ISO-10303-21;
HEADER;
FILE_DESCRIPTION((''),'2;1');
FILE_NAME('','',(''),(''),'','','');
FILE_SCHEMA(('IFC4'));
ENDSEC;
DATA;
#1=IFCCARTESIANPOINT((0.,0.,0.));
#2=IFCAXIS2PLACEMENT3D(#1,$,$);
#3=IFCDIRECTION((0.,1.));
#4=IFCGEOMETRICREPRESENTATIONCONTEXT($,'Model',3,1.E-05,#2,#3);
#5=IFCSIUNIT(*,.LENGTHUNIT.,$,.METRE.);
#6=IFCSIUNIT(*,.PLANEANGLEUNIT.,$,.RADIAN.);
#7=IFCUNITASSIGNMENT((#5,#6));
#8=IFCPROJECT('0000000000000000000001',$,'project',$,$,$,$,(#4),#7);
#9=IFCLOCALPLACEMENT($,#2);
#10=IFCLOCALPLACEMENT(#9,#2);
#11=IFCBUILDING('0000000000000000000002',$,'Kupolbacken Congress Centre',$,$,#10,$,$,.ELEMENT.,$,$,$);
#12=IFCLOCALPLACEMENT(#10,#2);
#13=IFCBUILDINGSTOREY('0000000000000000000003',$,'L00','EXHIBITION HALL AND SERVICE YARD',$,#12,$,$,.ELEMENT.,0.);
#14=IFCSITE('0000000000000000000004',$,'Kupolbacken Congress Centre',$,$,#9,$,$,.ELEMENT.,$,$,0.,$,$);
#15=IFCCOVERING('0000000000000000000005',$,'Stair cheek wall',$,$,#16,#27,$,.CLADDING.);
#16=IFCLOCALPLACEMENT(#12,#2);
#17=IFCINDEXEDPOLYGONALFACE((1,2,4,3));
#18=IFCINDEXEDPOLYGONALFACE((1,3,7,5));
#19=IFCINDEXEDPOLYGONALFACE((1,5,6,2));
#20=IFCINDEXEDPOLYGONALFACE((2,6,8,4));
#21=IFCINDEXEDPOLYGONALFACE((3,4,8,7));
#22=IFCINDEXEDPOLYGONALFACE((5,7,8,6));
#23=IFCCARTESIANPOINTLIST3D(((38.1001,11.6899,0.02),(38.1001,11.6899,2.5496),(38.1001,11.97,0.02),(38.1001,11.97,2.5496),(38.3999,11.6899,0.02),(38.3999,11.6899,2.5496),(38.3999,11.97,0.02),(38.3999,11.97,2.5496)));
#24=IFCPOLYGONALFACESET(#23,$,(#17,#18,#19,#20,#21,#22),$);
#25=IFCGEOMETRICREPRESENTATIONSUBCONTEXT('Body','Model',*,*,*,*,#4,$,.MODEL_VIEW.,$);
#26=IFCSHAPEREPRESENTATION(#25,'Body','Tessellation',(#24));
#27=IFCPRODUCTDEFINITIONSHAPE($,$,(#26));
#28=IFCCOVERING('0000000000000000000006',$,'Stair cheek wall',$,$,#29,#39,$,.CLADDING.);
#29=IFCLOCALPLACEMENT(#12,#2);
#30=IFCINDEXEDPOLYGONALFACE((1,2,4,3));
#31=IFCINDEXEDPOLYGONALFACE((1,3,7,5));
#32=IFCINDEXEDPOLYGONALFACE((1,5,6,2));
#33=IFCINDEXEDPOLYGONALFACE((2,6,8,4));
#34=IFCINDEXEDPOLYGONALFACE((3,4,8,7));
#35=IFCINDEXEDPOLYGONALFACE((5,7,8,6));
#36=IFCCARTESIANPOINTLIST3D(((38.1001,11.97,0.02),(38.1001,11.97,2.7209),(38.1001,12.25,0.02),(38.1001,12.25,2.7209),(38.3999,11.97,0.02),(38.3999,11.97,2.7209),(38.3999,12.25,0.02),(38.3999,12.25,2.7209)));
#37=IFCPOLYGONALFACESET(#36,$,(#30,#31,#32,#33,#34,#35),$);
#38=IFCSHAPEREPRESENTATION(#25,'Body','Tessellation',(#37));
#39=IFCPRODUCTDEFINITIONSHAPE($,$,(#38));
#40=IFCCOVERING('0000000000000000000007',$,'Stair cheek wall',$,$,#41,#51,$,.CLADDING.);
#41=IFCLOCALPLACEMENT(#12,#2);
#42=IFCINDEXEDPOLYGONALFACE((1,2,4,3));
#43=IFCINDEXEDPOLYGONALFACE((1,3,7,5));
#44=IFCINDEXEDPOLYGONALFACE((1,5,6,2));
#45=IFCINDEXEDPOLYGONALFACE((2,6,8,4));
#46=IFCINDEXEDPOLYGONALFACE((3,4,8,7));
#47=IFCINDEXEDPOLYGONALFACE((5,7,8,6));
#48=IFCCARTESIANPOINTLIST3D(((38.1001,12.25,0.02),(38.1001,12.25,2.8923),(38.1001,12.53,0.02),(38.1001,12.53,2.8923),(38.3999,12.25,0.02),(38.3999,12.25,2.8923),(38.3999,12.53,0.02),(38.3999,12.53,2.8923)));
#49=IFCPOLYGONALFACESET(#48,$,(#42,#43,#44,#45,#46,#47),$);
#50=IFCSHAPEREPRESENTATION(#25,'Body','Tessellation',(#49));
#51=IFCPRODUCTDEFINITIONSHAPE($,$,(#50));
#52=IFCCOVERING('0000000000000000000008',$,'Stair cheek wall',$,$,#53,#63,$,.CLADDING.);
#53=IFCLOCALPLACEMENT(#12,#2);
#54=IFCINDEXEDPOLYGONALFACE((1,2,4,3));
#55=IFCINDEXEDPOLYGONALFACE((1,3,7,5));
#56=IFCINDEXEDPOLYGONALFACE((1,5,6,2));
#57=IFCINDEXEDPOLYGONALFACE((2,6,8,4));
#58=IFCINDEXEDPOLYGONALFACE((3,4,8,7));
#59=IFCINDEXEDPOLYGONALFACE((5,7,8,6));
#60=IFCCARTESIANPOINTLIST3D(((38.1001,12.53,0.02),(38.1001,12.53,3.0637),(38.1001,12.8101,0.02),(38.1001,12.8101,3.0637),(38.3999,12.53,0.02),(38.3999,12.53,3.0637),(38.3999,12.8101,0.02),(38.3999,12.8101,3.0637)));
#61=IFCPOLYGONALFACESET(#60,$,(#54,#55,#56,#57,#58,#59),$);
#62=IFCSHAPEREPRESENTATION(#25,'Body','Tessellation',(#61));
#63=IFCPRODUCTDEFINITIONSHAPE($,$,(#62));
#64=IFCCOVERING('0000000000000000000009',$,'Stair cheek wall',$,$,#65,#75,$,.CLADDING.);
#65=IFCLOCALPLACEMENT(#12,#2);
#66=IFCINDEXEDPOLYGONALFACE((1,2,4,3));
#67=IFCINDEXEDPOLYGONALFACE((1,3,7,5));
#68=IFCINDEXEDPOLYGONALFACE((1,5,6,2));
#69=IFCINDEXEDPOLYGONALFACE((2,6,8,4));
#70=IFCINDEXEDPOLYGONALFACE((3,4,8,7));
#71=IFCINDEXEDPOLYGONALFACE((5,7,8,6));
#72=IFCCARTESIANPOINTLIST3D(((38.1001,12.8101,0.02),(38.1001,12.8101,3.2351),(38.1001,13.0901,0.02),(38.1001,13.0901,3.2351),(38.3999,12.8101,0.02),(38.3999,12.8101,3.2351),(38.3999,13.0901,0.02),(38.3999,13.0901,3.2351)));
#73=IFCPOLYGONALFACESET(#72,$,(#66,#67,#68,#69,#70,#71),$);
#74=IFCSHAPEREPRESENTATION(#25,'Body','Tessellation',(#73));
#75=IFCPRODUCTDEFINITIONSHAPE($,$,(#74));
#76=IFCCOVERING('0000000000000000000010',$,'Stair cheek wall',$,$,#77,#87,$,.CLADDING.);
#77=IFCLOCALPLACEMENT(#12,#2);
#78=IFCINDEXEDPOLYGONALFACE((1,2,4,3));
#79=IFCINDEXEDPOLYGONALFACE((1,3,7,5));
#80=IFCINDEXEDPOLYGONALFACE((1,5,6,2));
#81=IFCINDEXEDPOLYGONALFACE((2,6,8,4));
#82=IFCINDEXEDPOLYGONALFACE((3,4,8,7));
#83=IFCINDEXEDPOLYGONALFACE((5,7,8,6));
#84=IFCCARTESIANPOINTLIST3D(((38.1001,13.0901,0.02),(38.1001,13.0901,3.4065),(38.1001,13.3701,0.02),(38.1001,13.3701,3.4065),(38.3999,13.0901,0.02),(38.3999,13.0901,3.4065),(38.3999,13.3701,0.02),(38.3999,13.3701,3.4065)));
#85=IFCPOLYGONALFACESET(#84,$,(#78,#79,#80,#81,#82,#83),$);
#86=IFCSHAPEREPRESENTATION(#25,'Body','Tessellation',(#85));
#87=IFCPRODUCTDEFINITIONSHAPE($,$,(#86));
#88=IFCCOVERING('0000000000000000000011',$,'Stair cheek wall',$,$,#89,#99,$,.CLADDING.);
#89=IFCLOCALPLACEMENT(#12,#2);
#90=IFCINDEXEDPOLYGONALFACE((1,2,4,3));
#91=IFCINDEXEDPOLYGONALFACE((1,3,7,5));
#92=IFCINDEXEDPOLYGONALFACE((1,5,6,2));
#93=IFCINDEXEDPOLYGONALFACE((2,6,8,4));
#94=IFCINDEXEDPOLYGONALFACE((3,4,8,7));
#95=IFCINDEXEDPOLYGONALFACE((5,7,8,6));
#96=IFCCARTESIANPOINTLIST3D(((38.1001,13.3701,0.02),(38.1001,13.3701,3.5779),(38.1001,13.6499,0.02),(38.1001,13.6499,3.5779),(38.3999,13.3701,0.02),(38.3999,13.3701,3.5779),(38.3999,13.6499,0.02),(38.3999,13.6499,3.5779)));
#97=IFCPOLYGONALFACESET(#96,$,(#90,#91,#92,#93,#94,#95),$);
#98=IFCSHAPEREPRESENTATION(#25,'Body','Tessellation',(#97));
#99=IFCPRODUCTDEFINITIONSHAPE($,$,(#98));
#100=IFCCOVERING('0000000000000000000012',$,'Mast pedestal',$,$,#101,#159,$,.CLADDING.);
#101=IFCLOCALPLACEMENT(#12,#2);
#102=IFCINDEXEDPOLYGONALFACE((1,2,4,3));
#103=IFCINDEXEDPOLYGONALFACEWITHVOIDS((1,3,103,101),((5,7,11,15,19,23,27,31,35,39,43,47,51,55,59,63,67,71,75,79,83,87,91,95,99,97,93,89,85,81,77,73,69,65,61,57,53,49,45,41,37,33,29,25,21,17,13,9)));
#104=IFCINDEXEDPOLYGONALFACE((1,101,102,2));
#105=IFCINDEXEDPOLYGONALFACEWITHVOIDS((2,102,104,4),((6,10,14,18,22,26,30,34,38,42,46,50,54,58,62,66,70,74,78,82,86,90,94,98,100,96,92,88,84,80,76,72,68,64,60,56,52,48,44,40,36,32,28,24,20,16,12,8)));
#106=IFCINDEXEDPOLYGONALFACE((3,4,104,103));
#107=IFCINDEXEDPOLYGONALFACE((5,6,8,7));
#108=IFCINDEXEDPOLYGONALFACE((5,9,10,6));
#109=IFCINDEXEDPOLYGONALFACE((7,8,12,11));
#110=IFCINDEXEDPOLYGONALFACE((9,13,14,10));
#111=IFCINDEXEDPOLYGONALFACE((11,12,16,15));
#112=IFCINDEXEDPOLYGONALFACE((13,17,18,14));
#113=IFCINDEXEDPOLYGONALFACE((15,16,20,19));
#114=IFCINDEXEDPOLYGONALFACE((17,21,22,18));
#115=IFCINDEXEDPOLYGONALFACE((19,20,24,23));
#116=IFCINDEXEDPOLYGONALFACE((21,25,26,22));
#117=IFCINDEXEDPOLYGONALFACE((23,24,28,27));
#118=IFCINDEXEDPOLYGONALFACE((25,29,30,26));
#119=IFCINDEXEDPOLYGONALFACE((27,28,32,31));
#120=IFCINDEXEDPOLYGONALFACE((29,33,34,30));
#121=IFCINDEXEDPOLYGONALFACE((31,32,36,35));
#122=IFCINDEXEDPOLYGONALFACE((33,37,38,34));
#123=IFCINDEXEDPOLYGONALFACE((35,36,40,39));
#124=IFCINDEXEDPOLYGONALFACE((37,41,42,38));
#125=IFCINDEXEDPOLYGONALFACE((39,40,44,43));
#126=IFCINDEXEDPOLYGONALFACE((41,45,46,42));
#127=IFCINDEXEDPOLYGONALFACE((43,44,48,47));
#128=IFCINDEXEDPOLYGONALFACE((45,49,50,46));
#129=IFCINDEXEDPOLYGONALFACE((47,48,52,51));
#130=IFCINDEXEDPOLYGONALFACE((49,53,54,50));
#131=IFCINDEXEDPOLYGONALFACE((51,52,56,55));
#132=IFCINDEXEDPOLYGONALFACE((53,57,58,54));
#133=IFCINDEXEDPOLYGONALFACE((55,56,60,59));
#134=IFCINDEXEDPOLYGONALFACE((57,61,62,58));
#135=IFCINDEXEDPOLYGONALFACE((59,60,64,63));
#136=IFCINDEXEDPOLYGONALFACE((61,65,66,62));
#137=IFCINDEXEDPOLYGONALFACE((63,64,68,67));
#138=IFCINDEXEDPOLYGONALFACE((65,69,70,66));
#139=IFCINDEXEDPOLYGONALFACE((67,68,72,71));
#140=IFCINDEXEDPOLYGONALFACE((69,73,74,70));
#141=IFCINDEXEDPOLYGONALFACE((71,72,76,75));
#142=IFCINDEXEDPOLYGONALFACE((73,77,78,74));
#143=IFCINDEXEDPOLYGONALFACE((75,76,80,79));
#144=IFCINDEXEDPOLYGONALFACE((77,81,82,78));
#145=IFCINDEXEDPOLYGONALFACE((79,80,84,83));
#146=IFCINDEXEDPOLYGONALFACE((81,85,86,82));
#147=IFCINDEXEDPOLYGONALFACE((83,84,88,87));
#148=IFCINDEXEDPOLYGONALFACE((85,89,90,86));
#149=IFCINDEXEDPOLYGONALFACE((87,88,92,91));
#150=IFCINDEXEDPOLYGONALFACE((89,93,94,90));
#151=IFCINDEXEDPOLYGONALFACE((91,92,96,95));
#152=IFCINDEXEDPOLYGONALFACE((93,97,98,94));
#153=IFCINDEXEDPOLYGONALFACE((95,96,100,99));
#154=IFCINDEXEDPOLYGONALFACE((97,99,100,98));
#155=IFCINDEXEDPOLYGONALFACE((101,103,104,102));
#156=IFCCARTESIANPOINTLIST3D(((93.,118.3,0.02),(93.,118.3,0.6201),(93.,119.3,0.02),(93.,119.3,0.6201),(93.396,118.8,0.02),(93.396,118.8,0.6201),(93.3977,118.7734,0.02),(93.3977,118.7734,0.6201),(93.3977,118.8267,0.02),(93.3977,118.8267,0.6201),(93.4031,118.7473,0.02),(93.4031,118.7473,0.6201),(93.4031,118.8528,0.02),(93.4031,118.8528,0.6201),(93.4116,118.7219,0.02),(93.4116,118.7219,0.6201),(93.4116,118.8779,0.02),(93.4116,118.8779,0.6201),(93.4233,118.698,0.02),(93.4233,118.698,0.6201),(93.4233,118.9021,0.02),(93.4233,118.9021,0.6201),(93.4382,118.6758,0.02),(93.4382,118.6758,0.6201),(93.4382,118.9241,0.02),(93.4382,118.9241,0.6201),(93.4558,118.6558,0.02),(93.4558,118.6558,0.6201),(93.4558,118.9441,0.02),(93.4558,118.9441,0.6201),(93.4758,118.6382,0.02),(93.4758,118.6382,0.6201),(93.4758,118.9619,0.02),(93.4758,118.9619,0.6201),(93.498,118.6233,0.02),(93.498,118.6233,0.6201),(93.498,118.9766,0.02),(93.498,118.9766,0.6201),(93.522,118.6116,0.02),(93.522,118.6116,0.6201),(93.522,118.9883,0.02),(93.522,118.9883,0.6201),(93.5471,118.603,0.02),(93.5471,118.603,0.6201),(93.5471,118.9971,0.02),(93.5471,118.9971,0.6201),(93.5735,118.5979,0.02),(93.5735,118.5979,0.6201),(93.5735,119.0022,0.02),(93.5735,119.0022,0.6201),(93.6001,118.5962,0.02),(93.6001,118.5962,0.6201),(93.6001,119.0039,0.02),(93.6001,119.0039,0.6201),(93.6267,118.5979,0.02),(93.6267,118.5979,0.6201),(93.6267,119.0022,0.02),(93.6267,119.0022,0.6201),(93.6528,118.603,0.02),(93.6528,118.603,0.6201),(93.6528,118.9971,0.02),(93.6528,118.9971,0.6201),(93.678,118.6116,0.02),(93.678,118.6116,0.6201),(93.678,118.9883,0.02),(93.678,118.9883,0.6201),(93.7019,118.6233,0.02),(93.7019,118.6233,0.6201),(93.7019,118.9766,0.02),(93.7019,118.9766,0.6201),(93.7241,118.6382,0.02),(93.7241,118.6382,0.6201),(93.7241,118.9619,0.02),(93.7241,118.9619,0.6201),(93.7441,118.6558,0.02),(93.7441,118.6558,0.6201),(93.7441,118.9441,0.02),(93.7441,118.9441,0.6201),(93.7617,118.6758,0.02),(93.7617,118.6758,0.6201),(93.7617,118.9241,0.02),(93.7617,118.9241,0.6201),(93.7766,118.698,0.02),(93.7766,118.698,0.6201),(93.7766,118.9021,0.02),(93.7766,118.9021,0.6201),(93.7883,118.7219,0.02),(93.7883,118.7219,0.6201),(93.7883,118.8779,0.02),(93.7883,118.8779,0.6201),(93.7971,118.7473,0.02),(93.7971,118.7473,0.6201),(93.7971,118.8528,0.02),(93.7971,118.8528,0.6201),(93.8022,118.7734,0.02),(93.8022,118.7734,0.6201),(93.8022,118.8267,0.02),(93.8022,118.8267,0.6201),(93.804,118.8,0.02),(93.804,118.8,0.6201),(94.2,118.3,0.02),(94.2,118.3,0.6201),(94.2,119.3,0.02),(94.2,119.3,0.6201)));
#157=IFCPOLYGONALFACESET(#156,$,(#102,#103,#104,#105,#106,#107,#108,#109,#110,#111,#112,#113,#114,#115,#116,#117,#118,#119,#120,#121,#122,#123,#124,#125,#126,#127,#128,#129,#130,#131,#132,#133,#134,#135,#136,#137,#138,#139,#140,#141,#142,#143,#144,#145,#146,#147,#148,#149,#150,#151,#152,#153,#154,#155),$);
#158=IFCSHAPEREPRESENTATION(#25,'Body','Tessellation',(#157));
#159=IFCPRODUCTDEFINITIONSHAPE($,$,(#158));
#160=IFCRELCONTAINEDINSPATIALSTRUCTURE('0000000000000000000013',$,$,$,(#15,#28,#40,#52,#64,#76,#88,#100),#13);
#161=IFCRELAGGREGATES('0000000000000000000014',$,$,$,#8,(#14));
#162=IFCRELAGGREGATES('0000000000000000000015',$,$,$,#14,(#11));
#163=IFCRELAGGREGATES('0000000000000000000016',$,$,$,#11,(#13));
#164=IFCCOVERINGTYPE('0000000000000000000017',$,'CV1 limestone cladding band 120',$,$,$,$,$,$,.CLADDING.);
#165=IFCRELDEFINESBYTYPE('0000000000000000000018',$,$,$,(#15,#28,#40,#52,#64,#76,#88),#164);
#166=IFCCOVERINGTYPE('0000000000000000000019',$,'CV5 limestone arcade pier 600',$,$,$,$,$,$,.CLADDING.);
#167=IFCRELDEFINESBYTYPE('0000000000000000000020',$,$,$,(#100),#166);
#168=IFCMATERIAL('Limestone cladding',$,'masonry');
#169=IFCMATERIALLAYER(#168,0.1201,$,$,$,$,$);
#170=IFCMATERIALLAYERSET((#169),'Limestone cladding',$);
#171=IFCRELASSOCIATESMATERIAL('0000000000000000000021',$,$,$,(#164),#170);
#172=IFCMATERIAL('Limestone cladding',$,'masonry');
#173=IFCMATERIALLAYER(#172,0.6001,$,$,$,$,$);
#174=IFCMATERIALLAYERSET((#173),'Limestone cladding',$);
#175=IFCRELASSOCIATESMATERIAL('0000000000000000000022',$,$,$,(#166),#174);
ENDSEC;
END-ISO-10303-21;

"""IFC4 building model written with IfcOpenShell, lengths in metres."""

from ifc_helpers import new_model, si_unit, direction, frame, origin, place, context, subcontext, project, spatial, polyline, outline, extrude, material, layer, layer_set, type_object, element, save


model = new_model("IFC4")

# Units and contexts
model_context = context("Model", 3, precision=1e-05, world=origin(), true_north=direction((0.0, 1.0)))
body_context = subcontext(model_context, "Body", "Model", "MODEL_VIEW")
ifc_project = project(units=[si_unit("LENGTHUNIT", "METRE"), si_unit("PLANEANGLEUNIT", "RADIAN")], contexts=[model_context])

# Site, building, storey
site_placement = place(None, origin())
site = spatial("IfcSite", under=ifc_project, at=site_placement, Name="Kupolbacken Congress Centre", CompositionType="ELEMENT", RefElevation=0.0)
building_placement = place(site_placement, origin())
building = spatial("IfcBuilding", under=site, at=building_placement, Name="Kupolbacken Congress Centre", CompositionType="ELEMENT")
storey_placement = place(building_placement, origin())
storey = spatial("IfcBuildingStorey", under=building, at=storey_placement, Name="L00", Description="EXHIBITION HALL AND SERVICE YARD", CompositionType="ELEMENT", Elevation=0.0)

# Coverings
ifc_material_1 = material(Name="Limestone cladding", Category="masonry")
ifc_layer_1 = layer(ifc_material_1, 0.1201)
ifc_layer_set_1 = layer_set([ifc_layer_1], Name="Limestone cladding")
covering_type_1 = type_object("IfcCoveringType", Name="CV1 limestone cladding band 120", PredefinedType="CLADDING", material=ifc_layer_set_1)
covering_1_placement = place(storey_placement, frame((0.0, 0.0, 0.02)))
element("IfcCovering", 1, at=covering_1_placement, inside=storey, type_object=covering_type_1, Name="Stair cheek wall", PredefinedType="CLADDING", context=body_context, shape_type="SweptSolid", body=[
    extrude(outline(polyline([(38.3999, 11.6899), (38.3999, 11.97), (38.1001, 11.97), (38.1001, 11.6899), (38.3999, 11.6899)])), origin(), (0.0, 0.0, 1.0), 2.5295),
])
covering_2_placement = place(storey_placement, frame((0.0, 0.0, 0.02)))
element("IfcCovering", 2, at=covering_2_placement, inside=storey, type_object=covering_type_1, Name="Stair cheek wall", PredefinedType="CLADDING", context=body_context, shape_type="SweptSolid", body=[
    extrude(outline(polyline([(38.3999, 11.97), (38.3999, 12.25), (38.1001, 12.25), (38.1001, 11.97), (38.3999, 11.97)])), origin(), (0.0, 0.0, 1.0), 2.7009),
])
covering_3_placement = place(storey_placement, frame((0.0, 0.0, 0.02)))
element("IfcCovering", 3, at=covering_3_placement, inside=storey, type_object=covering_type_1, Name="Stair cheek wall", PredefinedType="CLADDING", context=body_context, shape_type="SweptSolid", body=[
    extrude(outline(polyline([(38.3999, 12.25), (38.3999, 12.53), (38.1001, 12.53), (38.1001, 12.25), (38.3999, 12.25)])), origin(), (0.0, 0.0, 1.0), 2.8723),
])
covering_4_placement = place(storey_placement, frame((0.0, 0.0, 0.02)))
element("IfcCovering", 4, at=covering_4_placement, inside=storey, type_object=covering_type_1, Name="Stair cheek wall", PredefinedType="CLADDING", context=body_context, shape_type="SweptSolid", body=[
    extrude(outline(polyline([(38.3999, 12.53), (38.3999, 12.8101), (38.1001, 12.8101), (38.1001, 12.53), (38.3999, 12.53)])), origin(), (0.0, 0.0, 1.0), 3.0437),
])
covering_5_placement = place(storey_placement, frame((0.0, 0.0, 0.02)))
element("IfcCovering", 5, at=covering_5_placement, inside=storey, type_object=covering_type_1, Name="Stair cheek wall", PredefinedType="CLADDING", context=body_context, shape_type="SweptSolid", body=[
    extrude(outline(polyline([(38.3999, 12.8101), (38.3999, 13.0901), (38.1001, 13.0901), (38.1001, 12.8101), (38.3999, 12.8101)])), origin(), (0.0, 0.0, 1.0), 3.2151),
])
covering_6_placement = place(storey_placement, frame((0.0, 0.0, 0.02)))
element("IfcCovering", 6, at=covering_6_placement, inside=storey, type_object=covering_type_1, Name="Stair cheek wall", PredefinedType="CLADDING", context=body_context, shape_type="SweptSolid", body=[
    extrude(outline(polyline([(38.3999, 13.0901), (38.3999, 13.3701), (38.1001, 13.3701), (38.1001, 13.0901), (38.3999, 13.0901)])), origin(), (0.0, 0.0, 1.0), 3.3865),
])
covering_7_placement = place(storey_placement, frame((0.0, 0.0, 0.02)))
element("IfcCovering", 7, at=covering_7_placement, inside=storey, type_object=covering_type_1, Name="Stair cheek wall", PredefinedType="CLADDING", context=body_context, shape_type="SweptSolid", body=[
    extrude(outline(polyline([(38.3999, 13.3701), (38.3999, 13.6499), (38.1001, 13.6499), (38.1001, 13.3701), (38.3999, 13.3701)])), origin(), (0.0, 0.0, 1.0), 3.5579),
])
ifc_material_2 = material(Name="Limestone cladding", Category="masonry")
ifc_layer_2 = layer(ifc_material_2, 0.6001)
ifc_layer_set_2 = layer_set([ifc_layer_2], Name="Limestone cladding")
covering_type_2 = type_object("IfcCoveringType", Name="CV5 limestone arcade pier 600", PredefinedType="CLADDING", material=ifc_layer_set_2)
covering_8_placement = place(storey_placement, frame((0.0, 0.0, 0.02)))
element("IfcCovering", 8, at=covering_8_placement, inside=storey, type_object=covering_type_2, Name="Mast pedestal", PredefinedType="CLADDING", context=body_context, shape_type="SweptSolid", body=[
    extrude(outline(polyline([(93.0, 118.3), (93.0, 119.3), (94.2, 119.3), (94.2, 118.3), (93.0, 118.3)]), holes=[polyline([(93.8022, 118.8267), (93.7971, 118.8528), (93.7883, 118.8779), (93.7766, 118.9021), (93.7617, 118.9241), (93.7441, 118.9441), (93.7241, 118.9619), (93.7019, 118.9766), (93.678, 118.9883), (93.6528, 118.9971), (93.6267, 119.0022), (93.6001, 119.0039), (93.5735, 119.0022), (93.5471, 118.9971), (93.522, 118.9883), (93.498, 118.9766), (93.4758, 118.9619), (93.4558, 118.9441), (93.4382, 118.9241), (93.4233, 118.9021), (93.4116, 118.8779), (93.4031, 118.8528), (93.3977, 118.8267), (93.396, 118.8), (93.3977, 118.7734), (93.4031, 118.7473), (93.4116, 118.7219), (93.4233, 118.698), (93.4382, 118.6758), (93.4558, 118.6558), (93.4758, 118.6382), (93.498, 118.6233), (93.522, 118.6116), (93.5471, 118.603), (93.5735, 118.5979), (93.6001, 118.5962), (93.6267, 118.5979), (93.6528, 118.603), (93.678, 118.6116), (93.7019, 118.6233), (93.7241, 118.6382), (93.7441, 118.6558), (93.7617, 118.6758), (93.7766, 118.698), (93.7883, 118.7219), (93.7971, 118.7473), (93.8022, 118.7734), (93.804, 118.8), (93.8022, 118.8267)])]), origin(), (0.0, 0.0, 1.0), 0.6001),
])

save(model, "model.ifc")
